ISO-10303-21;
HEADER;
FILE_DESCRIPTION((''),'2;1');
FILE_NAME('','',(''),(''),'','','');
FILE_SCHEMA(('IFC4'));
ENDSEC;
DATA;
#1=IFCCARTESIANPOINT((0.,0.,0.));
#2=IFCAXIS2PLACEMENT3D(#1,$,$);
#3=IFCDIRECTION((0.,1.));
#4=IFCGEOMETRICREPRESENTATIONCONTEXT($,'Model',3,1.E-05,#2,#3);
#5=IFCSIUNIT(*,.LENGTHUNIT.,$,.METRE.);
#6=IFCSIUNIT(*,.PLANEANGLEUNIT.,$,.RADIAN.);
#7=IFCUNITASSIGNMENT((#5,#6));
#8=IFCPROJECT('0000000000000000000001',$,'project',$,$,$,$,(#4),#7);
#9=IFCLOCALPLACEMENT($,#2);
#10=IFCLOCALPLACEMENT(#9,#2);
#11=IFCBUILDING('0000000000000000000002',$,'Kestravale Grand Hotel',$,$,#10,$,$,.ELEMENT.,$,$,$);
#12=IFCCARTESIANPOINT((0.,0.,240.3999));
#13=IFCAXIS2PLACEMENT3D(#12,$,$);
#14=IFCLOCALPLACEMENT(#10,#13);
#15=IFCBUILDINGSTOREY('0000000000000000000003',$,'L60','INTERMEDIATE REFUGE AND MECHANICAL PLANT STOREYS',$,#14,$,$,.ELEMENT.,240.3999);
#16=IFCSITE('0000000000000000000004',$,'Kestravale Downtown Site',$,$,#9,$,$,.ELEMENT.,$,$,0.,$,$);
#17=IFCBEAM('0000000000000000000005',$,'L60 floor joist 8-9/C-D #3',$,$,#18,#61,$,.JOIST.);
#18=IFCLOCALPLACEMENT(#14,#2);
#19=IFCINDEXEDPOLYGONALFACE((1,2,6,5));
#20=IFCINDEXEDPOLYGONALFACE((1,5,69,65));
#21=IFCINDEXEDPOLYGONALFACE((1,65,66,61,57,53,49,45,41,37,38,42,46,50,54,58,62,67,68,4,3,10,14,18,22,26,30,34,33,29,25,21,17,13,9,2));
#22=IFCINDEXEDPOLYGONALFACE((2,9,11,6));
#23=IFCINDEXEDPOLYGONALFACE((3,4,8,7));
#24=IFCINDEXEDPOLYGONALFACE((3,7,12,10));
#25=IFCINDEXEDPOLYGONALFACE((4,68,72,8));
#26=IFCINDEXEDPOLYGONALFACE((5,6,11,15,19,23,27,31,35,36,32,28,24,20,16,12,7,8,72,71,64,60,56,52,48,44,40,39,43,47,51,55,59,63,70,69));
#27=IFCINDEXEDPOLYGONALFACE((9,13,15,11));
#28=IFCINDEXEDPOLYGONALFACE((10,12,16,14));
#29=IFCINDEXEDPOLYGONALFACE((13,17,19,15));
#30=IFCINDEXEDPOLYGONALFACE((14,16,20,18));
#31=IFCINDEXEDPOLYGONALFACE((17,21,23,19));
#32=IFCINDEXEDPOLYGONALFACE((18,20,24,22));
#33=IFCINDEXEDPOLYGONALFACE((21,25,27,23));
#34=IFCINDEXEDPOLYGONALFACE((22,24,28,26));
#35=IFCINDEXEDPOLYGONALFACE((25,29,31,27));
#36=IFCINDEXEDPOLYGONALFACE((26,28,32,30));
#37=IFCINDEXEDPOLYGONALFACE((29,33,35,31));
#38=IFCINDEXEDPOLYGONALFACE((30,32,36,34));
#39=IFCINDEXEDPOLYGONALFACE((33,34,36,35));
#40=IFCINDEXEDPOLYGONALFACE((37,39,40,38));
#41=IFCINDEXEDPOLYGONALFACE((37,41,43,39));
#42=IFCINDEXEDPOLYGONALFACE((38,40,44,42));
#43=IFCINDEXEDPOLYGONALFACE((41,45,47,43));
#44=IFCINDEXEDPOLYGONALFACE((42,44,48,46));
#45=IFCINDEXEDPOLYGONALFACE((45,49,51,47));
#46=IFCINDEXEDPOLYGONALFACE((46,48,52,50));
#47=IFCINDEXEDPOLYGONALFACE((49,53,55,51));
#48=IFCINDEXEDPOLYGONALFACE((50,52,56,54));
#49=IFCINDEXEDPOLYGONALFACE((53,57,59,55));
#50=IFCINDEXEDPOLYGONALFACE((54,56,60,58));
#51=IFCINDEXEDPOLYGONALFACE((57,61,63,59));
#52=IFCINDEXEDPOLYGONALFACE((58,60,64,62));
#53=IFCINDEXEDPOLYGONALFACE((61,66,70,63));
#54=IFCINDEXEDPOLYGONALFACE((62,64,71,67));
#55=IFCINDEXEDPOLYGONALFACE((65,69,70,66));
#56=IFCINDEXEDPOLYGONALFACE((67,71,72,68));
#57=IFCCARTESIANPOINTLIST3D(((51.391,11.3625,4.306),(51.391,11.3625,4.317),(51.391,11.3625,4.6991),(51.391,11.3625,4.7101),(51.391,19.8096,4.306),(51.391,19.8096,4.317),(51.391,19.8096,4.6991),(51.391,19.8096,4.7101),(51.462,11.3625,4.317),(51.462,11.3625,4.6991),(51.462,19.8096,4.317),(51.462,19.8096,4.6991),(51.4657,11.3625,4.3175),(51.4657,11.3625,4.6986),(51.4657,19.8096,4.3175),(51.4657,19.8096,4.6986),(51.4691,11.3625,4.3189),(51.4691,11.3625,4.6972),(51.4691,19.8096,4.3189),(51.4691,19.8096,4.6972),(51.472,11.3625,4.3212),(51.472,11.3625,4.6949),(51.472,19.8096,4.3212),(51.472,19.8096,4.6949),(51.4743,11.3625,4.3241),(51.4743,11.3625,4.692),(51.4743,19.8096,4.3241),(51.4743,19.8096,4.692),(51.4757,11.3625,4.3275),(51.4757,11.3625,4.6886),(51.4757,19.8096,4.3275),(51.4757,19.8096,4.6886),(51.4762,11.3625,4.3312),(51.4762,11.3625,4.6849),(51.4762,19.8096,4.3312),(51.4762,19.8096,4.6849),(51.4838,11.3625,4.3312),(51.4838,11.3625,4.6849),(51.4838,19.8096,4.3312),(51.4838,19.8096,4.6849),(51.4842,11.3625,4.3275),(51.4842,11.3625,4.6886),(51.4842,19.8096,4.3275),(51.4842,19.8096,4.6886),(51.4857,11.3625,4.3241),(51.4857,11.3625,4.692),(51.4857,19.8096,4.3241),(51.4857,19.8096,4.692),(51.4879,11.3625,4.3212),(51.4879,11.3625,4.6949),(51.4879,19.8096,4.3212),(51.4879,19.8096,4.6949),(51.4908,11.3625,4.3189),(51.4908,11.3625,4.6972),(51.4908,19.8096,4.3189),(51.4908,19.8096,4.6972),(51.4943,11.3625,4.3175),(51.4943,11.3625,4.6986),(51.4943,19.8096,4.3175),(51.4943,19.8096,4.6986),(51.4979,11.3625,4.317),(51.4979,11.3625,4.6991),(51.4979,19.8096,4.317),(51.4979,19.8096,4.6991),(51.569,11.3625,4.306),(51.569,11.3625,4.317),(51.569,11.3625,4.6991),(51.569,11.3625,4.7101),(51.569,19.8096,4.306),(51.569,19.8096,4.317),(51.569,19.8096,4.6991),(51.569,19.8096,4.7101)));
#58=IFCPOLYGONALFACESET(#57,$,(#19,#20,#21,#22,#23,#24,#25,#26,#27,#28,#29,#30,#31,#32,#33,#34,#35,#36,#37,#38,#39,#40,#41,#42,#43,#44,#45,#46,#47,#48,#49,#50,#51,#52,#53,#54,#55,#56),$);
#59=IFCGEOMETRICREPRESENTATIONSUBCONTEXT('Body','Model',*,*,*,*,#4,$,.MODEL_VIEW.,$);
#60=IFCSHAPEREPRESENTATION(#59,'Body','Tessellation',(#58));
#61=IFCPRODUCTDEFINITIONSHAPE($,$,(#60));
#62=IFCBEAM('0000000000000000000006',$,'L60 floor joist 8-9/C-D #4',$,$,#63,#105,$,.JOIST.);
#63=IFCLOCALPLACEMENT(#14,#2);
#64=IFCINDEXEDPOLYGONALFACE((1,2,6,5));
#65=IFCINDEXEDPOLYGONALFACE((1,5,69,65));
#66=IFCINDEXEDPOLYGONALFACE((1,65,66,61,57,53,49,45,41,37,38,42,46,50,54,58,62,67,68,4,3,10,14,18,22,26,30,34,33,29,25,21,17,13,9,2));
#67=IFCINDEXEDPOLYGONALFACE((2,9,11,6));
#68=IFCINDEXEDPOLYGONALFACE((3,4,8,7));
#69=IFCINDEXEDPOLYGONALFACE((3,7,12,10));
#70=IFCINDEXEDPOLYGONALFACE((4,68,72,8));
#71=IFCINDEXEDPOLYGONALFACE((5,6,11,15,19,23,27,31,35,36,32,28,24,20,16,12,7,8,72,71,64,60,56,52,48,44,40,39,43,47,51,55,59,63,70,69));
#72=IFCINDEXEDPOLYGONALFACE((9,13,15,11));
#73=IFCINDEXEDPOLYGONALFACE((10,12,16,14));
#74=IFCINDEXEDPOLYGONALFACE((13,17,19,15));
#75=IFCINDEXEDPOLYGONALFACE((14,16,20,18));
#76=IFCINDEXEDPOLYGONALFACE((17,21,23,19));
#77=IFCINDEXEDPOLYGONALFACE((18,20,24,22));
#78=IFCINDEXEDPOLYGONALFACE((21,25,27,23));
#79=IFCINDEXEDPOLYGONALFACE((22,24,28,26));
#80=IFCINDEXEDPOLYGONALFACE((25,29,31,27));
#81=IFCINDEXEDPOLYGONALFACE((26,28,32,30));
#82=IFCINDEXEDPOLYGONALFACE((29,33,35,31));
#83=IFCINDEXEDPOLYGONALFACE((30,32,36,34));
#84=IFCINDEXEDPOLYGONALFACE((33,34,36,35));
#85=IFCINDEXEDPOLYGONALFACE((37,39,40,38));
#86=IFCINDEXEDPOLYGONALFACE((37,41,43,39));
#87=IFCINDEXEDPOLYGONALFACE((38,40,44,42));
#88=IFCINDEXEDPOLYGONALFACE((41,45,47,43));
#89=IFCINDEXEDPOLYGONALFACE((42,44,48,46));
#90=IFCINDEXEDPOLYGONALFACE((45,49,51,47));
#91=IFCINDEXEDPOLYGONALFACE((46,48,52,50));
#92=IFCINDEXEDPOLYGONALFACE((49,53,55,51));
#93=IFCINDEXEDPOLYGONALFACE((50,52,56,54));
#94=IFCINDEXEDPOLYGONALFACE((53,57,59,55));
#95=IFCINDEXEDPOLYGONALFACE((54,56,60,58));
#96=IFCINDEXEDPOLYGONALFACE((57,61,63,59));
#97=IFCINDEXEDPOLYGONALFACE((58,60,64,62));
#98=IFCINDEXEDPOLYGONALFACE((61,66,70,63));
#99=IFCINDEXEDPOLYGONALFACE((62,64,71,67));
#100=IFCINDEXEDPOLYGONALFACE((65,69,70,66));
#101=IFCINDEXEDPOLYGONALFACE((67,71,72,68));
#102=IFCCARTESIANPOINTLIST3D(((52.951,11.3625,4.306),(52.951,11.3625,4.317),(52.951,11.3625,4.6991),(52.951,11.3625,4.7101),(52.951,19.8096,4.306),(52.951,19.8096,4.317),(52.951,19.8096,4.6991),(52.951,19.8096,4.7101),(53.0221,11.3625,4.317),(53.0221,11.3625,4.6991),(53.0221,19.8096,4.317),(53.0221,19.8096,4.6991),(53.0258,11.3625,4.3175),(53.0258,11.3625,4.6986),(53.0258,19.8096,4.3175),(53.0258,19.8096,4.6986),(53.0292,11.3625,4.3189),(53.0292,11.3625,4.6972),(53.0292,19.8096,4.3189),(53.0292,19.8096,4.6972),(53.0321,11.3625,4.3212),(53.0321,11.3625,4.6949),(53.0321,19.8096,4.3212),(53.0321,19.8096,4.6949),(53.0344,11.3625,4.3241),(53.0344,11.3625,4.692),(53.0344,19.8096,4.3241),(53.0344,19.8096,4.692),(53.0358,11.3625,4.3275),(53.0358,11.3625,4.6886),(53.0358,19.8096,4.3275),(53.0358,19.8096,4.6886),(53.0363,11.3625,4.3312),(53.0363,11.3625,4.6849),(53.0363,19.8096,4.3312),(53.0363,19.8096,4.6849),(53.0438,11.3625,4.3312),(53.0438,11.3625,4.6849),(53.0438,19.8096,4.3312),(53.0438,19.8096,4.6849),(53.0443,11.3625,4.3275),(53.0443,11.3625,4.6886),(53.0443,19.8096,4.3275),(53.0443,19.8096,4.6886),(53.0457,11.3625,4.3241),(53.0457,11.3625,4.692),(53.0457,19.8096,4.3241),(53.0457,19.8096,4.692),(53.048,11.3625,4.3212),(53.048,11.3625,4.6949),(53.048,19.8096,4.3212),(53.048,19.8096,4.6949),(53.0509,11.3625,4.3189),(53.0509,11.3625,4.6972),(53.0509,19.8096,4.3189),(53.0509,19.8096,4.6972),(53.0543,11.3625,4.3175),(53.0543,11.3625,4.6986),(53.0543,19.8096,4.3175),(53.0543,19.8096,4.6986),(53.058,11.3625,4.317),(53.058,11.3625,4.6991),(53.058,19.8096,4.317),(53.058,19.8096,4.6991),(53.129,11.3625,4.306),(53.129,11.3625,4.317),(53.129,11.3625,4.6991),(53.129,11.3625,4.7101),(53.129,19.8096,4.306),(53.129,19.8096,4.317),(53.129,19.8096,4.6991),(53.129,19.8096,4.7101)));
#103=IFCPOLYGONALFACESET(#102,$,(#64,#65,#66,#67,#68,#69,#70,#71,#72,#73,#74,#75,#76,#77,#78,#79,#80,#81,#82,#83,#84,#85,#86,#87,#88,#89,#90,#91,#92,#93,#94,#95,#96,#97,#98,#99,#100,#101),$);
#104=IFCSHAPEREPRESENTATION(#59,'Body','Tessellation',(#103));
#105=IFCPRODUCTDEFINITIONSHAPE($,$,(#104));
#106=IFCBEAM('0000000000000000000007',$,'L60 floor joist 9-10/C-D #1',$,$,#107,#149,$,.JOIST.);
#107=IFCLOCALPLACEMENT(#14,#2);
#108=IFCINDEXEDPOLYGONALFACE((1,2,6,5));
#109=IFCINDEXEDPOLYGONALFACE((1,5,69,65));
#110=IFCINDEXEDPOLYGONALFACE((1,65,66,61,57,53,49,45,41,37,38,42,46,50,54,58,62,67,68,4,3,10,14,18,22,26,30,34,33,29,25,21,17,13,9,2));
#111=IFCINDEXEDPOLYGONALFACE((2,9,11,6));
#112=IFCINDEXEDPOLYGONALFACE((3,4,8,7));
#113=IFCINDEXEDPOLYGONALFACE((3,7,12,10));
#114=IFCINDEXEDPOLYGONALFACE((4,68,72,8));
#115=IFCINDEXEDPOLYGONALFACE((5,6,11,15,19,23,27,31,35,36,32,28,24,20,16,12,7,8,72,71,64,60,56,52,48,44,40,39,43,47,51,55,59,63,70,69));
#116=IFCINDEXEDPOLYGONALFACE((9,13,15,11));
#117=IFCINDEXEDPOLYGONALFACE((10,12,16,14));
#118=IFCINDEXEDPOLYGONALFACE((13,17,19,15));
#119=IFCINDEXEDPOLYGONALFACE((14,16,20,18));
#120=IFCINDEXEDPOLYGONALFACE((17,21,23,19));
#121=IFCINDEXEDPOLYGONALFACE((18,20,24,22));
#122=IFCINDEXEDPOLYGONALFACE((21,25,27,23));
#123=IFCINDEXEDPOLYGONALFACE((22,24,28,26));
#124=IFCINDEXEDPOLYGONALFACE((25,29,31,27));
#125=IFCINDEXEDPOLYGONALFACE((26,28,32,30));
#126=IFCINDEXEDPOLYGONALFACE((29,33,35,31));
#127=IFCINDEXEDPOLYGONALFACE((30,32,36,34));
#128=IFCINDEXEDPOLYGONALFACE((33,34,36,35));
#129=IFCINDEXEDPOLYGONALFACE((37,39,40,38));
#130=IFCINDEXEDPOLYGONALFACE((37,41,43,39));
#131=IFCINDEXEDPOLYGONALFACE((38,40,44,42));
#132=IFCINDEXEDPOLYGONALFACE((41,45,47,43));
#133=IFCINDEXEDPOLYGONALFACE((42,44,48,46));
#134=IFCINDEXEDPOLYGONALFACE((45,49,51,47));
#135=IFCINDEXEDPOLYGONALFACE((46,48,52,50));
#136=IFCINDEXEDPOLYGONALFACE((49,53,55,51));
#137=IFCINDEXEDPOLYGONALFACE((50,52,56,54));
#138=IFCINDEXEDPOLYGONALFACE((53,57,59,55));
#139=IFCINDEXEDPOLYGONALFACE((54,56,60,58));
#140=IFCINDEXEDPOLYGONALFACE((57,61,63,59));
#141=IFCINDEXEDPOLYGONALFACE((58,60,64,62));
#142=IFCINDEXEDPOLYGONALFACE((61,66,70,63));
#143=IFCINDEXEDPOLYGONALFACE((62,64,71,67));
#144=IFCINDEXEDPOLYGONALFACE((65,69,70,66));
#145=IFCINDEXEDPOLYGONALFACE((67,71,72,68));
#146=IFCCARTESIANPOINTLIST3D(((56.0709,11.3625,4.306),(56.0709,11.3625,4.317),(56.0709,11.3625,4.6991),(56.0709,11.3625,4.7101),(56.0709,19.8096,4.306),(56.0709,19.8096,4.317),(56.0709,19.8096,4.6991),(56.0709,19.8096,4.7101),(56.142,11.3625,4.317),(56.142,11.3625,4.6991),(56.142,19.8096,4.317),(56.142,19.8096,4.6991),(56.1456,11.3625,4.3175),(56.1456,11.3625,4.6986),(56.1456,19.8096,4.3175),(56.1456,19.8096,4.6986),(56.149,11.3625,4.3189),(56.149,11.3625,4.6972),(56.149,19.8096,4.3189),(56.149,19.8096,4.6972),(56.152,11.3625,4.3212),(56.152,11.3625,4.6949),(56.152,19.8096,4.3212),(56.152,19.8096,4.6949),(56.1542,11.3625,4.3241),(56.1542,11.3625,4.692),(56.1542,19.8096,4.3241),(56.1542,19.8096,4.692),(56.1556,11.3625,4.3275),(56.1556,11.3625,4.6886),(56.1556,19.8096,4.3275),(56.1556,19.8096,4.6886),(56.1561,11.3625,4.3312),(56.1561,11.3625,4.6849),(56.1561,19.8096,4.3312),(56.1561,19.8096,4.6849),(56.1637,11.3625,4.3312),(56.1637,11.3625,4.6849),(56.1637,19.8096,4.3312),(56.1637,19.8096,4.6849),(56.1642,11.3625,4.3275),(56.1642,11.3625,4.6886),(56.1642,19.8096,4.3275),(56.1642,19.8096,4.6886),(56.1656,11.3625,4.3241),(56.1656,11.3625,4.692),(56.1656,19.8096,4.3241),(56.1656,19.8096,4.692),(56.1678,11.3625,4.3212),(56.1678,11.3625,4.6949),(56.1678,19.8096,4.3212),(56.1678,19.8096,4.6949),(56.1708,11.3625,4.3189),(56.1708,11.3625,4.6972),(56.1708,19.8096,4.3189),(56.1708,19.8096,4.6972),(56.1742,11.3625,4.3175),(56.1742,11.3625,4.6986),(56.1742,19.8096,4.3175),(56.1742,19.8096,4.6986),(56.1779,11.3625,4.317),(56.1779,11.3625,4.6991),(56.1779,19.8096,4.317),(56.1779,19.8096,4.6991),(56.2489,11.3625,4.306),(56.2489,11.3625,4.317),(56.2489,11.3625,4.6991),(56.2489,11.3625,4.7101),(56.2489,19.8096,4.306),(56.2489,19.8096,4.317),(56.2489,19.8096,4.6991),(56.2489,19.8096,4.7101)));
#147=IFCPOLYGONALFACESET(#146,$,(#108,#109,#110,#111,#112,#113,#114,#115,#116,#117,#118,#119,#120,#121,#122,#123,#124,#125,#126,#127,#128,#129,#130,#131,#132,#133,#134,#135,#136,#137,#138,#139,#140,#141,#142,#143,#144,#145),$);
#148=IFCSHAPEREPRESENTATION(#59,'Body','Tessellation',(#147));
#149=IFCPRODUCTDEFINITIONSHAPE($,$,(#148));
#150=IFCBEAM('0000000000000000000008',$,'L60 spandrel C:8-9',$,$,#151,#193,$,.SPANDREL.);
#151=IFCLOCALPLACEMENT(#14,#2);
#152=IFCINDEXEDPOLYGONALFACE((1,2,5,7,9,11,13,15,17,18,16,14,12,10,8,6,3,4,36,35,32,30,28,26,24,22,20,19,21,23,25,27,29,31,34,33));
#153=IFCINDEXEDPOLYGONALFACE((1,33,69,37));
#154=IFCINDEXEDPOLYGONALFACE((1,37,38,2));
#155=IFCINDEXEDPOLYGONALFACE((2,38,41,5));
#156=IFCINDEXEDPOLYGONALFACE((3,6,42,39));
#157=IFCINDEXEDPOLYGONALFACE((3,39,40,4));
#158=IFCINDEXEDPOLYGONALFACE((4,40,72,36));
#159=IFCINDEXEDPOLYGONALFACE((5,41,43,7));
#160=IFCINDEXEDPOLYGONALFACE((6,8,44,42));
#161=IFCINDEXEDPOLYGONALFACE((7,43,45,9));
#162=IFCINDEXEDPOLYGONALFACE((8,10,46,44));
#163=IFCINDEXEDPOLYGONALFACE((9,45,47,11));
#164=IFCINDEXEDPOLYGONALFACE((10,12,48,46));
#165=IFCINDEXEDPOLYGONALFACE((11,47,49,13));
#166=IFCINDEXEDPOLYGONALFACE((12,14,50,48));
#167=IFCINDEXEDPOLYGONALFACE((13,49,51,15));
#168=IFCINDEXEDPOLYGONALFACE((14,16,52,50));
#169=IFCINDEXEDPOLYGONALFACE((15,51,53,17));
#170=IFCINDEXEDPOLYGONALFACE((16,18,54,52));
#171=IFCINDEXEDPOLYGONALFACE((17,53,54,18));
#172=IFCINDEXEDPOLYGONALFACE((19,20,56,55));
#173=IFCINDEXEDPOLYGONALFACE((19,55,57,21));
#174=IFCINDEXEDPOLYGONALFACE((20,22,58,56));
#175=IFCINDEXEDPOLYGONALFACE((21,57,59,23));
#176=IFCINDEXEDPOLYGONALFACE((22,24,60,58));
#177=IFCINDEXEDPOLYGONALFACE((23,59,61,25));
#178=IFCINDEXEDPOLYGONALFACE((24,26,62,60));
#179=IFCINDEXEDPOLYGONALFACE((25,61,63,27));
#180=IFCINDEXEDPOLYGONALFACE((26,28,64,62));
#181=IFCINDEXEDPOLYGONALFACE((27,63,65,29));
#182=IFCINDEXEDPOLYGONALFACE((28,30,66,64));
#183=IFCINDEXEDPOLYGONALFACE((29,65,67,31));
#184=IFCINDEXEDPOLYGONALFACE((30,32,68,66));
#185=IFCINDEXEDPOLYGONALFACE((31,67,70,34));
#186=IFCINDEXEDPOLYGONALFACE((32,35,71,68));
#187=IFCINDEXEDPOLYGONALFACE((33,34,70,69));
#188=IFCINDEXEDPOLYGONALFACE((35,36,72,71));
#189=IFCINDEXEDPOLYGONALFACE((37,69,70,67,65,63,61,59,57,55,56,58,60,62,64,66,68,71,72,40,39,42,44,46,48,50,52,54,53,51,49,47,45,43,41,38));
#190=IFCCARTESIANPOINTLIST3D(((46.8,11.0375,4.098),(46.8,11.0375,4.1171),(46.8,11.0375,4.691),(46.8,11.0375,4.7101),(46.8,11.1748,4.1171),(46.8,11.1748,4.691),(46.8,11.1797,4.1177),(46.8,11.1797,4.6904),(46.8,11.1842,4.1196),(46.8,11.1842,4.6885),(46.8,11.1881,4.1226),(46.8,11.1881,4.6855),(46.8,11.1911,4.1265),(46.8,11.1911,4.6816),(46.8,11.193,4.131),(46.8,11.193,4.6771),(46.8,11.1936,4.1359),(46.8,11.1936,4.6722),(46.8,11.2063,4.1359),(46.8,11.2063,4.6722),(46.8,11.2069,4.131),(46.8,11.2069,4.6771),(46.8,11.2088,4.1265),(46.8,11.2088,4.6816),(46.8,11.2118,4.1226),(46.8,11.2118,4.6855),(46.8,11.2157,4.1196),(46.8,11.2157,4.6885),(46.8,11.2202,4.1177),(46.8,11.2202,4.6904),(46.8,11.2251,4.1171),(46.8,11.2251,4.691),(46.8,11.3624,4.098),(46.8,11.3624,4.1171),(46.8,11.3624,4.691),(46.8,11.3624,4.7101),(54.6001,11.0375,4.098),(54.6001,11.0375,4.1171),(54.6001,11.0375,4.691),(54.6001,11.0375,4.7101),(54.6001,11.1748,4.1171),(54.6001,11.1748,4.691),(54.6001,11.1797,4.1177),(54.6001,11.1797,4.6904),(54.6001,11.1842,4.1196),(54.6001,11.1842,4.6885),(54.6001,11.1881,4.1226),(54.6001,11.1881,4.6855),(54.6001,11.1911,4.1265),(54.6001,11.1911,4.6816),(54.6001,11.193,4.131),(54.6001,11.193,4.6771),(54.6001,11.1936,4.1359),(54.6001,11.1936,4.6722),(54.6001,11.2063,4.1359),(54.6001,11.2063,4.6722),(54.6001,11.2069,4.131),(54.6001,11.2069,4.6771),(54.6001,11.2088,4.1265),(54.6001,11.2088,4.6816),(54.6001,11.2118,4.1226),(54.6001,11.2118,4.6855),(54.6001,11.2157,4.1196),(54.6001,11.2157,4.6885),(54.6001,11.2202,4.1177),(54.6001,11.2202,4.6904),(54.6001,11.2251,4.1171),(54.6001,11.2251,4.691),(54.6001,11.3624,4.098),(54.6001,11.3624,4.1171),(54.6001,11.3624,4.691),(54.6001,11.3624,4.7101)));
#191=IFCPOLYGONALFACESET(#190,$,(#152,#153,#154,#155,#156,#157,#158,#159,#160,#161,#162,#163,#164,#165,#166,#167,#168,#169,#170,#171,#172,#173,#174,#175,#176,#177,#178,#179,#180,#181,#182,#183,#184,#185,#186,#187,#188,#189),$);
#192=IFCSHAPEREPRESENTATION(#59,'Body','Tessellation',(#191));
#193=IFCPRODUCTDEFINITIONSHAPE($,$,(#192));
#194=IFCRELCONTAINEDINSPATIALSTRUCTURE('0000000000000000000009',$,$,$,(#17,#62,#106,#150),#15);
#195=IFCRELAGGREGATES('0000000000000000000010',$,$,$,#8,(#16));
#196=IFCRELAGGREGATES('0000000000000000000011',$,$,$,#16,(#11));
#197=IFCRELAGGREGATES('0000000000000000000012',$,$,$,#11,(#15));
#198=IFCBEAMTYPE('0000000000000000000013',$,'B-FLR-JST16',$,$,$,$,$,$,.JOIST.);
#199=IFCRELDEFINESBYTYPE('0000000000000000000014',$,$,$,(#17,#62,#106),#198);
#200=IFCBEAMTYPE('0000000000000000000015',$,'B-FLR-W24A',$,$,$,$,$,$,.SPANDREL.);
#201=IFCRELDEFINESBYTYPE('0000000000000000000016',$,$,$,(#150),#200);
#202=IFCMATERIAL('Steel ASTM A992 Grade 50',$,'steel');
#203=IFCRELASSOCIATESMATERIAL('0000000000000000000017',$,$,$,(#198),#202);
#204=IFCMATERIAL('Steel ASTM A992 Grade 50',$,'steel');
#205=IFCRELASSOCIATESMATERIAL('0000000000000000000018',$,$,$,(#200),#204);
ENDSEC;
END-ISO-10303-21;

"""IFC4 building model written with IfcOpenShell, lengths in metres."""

from ifc_helpers import new_model, si_unit, direction, frame, origin, origin_2d, place, context, subcontext, project, spatial, i_section, extrude, material, material_profile, profile_set, type_object, element, save


model = new_model("IFC4")

# Units and contexts
model_context = context("Model", 3, precision=1e-05, world=origin(), true_north=direction((0.0, 1.0)))
body_context = subcontext(model_context, "Body", "Model", "MODEL_VIEW")
ifc_project = project(units=[si_unit("LENGTHUNIT", "METRE"), si_unit("PLANEANGLEUNIT", "RADIAN")], contexts=[model_context])

# Site, building, storey
site_placement = place(None, origin())
site = spatial("IfcSite", under=ifc_project, at=site_placement, Name="Kestravale Downtown Site", CompositionType="ELEMENT", RefElevation=0.0)
building_placement = place(site_placement, origin())
building = spatial("IfcBuilding", under=site, at=building_placement, Name="Kestravale Grand Hotel", CompositionType="ELEMENT")
storey_placement = place(building_placement, frame((0.0, 0.0, 240.3999)))
storey = spatial("IfcBuildingStorey", under=building, at=storey_placement, Name="L60", Description="INTERMEDIATE REFUGE AND MECHANICAL PLANT STOREYS", CompositionType="ELEMENT", Elevation=240.3999)

# Beams
ifc_material_1 = material(Name="Steel ASTM A992 Grade 50", Category="steel")
ifc_material_profile_1 = material_profile(ifc_material_1, i_section(OverallWidth=0.178, OverallDepth=0.4041, WebThickness=0.0076, FlangeThickness=0.011, FilletRadius=0.0142, at=origin_2d()))
ifc_profile_set_1 = profile_set([ifc_material_profile_1], Name="Steel ASTM A992 Grade 50")
beam_type_1 = type_object("IfcBeamType", Name="B-FLR-JST16", PredefinedType="JOIST", material=ifc_profile_set_1)
for number, where, z_axis, x_axis, name in (
    (1, (51.48, 11.3625, 4.5081), (0.0, 1.0, 0.0), (-1.0, 0.0, 0.0), "L60 floor joist 8-9/C-D #3"),
    (2, (53.04, 11.3625, 4.5081), (0.0, 1.0, 0.0), (-1.0, 0.0, 0.0), "L60 floor joist 8-9/C-D #4"),
    (3, (56.1599, 11.3625, 4.5081), (0.0, 1.0, 0.0), (-1.0, 0.0, 0.0), "L60 floor joist 9-10/C-D #1"),
):
    element("IfcBeam", number, at=place(storey_placement, frame(where, z_axis=z_axis, x_axis=x_axis)), inside=storey, type_object=beam_type_1, Name=name, PredefinedType="JOIST", context=body_context, shape_type="SweptSolid", body=[
        extrude(i_section(OverallWidth=0.178, OverallDepth=0.4041, WebThickness=0.0076, FlangeThickness=0.011, FilletRadius=0.0142, at=origin_2d()), origin(), (0.0, 0.0, 1.0), 8.447),
    ])
ifc_material_2 = material(Name="Steel ASTM A992 Grade 50", Category="steel")
ifc_material_profile_2 = material_profile(ifc_material_2, i_section(OverallWidth=0.325, OverallDepth=0.6121, WebThickness=0.0127, FlangeThickness=0.019, FilletRadius=0.0188, at=origin_2d()))
ifc_profile_set_2 = profile_set([ifc_material_profile_2], Name="Steel ASTM A992 Grade 50")
beam_type_2 = type_object("IfcBeamType", Name="B-FLR-W24A", PredefinedType="SPANDREL", material=ifc_profile_set_2)
beam_1_placement = place(storey_placement, frame((46.8, 11.2, 4.4041), z_axis=(1.0, 0.0, 0.0), x_axis=(0.0, 1.0, 0.0)))
element("IfcBeam", 4, at=beam_1_placement, inside=storey, type_object=beam_type_2, Name="L60 spandrel C:8-9", PredefinedType="SPANDREL", context=body_context, shape_type="SweptSolid", body=[
    extrude(i_section(OverallWidth=0.325, OverallDepth=0.6121, WebThickness=0.0127, FlangeThickness=0.019, FilletRadius=0.0188, at=origin_2d()), origin(), (0.0, 0.0, 1.0), 7.8),
])

save(model, "model.ifc")
